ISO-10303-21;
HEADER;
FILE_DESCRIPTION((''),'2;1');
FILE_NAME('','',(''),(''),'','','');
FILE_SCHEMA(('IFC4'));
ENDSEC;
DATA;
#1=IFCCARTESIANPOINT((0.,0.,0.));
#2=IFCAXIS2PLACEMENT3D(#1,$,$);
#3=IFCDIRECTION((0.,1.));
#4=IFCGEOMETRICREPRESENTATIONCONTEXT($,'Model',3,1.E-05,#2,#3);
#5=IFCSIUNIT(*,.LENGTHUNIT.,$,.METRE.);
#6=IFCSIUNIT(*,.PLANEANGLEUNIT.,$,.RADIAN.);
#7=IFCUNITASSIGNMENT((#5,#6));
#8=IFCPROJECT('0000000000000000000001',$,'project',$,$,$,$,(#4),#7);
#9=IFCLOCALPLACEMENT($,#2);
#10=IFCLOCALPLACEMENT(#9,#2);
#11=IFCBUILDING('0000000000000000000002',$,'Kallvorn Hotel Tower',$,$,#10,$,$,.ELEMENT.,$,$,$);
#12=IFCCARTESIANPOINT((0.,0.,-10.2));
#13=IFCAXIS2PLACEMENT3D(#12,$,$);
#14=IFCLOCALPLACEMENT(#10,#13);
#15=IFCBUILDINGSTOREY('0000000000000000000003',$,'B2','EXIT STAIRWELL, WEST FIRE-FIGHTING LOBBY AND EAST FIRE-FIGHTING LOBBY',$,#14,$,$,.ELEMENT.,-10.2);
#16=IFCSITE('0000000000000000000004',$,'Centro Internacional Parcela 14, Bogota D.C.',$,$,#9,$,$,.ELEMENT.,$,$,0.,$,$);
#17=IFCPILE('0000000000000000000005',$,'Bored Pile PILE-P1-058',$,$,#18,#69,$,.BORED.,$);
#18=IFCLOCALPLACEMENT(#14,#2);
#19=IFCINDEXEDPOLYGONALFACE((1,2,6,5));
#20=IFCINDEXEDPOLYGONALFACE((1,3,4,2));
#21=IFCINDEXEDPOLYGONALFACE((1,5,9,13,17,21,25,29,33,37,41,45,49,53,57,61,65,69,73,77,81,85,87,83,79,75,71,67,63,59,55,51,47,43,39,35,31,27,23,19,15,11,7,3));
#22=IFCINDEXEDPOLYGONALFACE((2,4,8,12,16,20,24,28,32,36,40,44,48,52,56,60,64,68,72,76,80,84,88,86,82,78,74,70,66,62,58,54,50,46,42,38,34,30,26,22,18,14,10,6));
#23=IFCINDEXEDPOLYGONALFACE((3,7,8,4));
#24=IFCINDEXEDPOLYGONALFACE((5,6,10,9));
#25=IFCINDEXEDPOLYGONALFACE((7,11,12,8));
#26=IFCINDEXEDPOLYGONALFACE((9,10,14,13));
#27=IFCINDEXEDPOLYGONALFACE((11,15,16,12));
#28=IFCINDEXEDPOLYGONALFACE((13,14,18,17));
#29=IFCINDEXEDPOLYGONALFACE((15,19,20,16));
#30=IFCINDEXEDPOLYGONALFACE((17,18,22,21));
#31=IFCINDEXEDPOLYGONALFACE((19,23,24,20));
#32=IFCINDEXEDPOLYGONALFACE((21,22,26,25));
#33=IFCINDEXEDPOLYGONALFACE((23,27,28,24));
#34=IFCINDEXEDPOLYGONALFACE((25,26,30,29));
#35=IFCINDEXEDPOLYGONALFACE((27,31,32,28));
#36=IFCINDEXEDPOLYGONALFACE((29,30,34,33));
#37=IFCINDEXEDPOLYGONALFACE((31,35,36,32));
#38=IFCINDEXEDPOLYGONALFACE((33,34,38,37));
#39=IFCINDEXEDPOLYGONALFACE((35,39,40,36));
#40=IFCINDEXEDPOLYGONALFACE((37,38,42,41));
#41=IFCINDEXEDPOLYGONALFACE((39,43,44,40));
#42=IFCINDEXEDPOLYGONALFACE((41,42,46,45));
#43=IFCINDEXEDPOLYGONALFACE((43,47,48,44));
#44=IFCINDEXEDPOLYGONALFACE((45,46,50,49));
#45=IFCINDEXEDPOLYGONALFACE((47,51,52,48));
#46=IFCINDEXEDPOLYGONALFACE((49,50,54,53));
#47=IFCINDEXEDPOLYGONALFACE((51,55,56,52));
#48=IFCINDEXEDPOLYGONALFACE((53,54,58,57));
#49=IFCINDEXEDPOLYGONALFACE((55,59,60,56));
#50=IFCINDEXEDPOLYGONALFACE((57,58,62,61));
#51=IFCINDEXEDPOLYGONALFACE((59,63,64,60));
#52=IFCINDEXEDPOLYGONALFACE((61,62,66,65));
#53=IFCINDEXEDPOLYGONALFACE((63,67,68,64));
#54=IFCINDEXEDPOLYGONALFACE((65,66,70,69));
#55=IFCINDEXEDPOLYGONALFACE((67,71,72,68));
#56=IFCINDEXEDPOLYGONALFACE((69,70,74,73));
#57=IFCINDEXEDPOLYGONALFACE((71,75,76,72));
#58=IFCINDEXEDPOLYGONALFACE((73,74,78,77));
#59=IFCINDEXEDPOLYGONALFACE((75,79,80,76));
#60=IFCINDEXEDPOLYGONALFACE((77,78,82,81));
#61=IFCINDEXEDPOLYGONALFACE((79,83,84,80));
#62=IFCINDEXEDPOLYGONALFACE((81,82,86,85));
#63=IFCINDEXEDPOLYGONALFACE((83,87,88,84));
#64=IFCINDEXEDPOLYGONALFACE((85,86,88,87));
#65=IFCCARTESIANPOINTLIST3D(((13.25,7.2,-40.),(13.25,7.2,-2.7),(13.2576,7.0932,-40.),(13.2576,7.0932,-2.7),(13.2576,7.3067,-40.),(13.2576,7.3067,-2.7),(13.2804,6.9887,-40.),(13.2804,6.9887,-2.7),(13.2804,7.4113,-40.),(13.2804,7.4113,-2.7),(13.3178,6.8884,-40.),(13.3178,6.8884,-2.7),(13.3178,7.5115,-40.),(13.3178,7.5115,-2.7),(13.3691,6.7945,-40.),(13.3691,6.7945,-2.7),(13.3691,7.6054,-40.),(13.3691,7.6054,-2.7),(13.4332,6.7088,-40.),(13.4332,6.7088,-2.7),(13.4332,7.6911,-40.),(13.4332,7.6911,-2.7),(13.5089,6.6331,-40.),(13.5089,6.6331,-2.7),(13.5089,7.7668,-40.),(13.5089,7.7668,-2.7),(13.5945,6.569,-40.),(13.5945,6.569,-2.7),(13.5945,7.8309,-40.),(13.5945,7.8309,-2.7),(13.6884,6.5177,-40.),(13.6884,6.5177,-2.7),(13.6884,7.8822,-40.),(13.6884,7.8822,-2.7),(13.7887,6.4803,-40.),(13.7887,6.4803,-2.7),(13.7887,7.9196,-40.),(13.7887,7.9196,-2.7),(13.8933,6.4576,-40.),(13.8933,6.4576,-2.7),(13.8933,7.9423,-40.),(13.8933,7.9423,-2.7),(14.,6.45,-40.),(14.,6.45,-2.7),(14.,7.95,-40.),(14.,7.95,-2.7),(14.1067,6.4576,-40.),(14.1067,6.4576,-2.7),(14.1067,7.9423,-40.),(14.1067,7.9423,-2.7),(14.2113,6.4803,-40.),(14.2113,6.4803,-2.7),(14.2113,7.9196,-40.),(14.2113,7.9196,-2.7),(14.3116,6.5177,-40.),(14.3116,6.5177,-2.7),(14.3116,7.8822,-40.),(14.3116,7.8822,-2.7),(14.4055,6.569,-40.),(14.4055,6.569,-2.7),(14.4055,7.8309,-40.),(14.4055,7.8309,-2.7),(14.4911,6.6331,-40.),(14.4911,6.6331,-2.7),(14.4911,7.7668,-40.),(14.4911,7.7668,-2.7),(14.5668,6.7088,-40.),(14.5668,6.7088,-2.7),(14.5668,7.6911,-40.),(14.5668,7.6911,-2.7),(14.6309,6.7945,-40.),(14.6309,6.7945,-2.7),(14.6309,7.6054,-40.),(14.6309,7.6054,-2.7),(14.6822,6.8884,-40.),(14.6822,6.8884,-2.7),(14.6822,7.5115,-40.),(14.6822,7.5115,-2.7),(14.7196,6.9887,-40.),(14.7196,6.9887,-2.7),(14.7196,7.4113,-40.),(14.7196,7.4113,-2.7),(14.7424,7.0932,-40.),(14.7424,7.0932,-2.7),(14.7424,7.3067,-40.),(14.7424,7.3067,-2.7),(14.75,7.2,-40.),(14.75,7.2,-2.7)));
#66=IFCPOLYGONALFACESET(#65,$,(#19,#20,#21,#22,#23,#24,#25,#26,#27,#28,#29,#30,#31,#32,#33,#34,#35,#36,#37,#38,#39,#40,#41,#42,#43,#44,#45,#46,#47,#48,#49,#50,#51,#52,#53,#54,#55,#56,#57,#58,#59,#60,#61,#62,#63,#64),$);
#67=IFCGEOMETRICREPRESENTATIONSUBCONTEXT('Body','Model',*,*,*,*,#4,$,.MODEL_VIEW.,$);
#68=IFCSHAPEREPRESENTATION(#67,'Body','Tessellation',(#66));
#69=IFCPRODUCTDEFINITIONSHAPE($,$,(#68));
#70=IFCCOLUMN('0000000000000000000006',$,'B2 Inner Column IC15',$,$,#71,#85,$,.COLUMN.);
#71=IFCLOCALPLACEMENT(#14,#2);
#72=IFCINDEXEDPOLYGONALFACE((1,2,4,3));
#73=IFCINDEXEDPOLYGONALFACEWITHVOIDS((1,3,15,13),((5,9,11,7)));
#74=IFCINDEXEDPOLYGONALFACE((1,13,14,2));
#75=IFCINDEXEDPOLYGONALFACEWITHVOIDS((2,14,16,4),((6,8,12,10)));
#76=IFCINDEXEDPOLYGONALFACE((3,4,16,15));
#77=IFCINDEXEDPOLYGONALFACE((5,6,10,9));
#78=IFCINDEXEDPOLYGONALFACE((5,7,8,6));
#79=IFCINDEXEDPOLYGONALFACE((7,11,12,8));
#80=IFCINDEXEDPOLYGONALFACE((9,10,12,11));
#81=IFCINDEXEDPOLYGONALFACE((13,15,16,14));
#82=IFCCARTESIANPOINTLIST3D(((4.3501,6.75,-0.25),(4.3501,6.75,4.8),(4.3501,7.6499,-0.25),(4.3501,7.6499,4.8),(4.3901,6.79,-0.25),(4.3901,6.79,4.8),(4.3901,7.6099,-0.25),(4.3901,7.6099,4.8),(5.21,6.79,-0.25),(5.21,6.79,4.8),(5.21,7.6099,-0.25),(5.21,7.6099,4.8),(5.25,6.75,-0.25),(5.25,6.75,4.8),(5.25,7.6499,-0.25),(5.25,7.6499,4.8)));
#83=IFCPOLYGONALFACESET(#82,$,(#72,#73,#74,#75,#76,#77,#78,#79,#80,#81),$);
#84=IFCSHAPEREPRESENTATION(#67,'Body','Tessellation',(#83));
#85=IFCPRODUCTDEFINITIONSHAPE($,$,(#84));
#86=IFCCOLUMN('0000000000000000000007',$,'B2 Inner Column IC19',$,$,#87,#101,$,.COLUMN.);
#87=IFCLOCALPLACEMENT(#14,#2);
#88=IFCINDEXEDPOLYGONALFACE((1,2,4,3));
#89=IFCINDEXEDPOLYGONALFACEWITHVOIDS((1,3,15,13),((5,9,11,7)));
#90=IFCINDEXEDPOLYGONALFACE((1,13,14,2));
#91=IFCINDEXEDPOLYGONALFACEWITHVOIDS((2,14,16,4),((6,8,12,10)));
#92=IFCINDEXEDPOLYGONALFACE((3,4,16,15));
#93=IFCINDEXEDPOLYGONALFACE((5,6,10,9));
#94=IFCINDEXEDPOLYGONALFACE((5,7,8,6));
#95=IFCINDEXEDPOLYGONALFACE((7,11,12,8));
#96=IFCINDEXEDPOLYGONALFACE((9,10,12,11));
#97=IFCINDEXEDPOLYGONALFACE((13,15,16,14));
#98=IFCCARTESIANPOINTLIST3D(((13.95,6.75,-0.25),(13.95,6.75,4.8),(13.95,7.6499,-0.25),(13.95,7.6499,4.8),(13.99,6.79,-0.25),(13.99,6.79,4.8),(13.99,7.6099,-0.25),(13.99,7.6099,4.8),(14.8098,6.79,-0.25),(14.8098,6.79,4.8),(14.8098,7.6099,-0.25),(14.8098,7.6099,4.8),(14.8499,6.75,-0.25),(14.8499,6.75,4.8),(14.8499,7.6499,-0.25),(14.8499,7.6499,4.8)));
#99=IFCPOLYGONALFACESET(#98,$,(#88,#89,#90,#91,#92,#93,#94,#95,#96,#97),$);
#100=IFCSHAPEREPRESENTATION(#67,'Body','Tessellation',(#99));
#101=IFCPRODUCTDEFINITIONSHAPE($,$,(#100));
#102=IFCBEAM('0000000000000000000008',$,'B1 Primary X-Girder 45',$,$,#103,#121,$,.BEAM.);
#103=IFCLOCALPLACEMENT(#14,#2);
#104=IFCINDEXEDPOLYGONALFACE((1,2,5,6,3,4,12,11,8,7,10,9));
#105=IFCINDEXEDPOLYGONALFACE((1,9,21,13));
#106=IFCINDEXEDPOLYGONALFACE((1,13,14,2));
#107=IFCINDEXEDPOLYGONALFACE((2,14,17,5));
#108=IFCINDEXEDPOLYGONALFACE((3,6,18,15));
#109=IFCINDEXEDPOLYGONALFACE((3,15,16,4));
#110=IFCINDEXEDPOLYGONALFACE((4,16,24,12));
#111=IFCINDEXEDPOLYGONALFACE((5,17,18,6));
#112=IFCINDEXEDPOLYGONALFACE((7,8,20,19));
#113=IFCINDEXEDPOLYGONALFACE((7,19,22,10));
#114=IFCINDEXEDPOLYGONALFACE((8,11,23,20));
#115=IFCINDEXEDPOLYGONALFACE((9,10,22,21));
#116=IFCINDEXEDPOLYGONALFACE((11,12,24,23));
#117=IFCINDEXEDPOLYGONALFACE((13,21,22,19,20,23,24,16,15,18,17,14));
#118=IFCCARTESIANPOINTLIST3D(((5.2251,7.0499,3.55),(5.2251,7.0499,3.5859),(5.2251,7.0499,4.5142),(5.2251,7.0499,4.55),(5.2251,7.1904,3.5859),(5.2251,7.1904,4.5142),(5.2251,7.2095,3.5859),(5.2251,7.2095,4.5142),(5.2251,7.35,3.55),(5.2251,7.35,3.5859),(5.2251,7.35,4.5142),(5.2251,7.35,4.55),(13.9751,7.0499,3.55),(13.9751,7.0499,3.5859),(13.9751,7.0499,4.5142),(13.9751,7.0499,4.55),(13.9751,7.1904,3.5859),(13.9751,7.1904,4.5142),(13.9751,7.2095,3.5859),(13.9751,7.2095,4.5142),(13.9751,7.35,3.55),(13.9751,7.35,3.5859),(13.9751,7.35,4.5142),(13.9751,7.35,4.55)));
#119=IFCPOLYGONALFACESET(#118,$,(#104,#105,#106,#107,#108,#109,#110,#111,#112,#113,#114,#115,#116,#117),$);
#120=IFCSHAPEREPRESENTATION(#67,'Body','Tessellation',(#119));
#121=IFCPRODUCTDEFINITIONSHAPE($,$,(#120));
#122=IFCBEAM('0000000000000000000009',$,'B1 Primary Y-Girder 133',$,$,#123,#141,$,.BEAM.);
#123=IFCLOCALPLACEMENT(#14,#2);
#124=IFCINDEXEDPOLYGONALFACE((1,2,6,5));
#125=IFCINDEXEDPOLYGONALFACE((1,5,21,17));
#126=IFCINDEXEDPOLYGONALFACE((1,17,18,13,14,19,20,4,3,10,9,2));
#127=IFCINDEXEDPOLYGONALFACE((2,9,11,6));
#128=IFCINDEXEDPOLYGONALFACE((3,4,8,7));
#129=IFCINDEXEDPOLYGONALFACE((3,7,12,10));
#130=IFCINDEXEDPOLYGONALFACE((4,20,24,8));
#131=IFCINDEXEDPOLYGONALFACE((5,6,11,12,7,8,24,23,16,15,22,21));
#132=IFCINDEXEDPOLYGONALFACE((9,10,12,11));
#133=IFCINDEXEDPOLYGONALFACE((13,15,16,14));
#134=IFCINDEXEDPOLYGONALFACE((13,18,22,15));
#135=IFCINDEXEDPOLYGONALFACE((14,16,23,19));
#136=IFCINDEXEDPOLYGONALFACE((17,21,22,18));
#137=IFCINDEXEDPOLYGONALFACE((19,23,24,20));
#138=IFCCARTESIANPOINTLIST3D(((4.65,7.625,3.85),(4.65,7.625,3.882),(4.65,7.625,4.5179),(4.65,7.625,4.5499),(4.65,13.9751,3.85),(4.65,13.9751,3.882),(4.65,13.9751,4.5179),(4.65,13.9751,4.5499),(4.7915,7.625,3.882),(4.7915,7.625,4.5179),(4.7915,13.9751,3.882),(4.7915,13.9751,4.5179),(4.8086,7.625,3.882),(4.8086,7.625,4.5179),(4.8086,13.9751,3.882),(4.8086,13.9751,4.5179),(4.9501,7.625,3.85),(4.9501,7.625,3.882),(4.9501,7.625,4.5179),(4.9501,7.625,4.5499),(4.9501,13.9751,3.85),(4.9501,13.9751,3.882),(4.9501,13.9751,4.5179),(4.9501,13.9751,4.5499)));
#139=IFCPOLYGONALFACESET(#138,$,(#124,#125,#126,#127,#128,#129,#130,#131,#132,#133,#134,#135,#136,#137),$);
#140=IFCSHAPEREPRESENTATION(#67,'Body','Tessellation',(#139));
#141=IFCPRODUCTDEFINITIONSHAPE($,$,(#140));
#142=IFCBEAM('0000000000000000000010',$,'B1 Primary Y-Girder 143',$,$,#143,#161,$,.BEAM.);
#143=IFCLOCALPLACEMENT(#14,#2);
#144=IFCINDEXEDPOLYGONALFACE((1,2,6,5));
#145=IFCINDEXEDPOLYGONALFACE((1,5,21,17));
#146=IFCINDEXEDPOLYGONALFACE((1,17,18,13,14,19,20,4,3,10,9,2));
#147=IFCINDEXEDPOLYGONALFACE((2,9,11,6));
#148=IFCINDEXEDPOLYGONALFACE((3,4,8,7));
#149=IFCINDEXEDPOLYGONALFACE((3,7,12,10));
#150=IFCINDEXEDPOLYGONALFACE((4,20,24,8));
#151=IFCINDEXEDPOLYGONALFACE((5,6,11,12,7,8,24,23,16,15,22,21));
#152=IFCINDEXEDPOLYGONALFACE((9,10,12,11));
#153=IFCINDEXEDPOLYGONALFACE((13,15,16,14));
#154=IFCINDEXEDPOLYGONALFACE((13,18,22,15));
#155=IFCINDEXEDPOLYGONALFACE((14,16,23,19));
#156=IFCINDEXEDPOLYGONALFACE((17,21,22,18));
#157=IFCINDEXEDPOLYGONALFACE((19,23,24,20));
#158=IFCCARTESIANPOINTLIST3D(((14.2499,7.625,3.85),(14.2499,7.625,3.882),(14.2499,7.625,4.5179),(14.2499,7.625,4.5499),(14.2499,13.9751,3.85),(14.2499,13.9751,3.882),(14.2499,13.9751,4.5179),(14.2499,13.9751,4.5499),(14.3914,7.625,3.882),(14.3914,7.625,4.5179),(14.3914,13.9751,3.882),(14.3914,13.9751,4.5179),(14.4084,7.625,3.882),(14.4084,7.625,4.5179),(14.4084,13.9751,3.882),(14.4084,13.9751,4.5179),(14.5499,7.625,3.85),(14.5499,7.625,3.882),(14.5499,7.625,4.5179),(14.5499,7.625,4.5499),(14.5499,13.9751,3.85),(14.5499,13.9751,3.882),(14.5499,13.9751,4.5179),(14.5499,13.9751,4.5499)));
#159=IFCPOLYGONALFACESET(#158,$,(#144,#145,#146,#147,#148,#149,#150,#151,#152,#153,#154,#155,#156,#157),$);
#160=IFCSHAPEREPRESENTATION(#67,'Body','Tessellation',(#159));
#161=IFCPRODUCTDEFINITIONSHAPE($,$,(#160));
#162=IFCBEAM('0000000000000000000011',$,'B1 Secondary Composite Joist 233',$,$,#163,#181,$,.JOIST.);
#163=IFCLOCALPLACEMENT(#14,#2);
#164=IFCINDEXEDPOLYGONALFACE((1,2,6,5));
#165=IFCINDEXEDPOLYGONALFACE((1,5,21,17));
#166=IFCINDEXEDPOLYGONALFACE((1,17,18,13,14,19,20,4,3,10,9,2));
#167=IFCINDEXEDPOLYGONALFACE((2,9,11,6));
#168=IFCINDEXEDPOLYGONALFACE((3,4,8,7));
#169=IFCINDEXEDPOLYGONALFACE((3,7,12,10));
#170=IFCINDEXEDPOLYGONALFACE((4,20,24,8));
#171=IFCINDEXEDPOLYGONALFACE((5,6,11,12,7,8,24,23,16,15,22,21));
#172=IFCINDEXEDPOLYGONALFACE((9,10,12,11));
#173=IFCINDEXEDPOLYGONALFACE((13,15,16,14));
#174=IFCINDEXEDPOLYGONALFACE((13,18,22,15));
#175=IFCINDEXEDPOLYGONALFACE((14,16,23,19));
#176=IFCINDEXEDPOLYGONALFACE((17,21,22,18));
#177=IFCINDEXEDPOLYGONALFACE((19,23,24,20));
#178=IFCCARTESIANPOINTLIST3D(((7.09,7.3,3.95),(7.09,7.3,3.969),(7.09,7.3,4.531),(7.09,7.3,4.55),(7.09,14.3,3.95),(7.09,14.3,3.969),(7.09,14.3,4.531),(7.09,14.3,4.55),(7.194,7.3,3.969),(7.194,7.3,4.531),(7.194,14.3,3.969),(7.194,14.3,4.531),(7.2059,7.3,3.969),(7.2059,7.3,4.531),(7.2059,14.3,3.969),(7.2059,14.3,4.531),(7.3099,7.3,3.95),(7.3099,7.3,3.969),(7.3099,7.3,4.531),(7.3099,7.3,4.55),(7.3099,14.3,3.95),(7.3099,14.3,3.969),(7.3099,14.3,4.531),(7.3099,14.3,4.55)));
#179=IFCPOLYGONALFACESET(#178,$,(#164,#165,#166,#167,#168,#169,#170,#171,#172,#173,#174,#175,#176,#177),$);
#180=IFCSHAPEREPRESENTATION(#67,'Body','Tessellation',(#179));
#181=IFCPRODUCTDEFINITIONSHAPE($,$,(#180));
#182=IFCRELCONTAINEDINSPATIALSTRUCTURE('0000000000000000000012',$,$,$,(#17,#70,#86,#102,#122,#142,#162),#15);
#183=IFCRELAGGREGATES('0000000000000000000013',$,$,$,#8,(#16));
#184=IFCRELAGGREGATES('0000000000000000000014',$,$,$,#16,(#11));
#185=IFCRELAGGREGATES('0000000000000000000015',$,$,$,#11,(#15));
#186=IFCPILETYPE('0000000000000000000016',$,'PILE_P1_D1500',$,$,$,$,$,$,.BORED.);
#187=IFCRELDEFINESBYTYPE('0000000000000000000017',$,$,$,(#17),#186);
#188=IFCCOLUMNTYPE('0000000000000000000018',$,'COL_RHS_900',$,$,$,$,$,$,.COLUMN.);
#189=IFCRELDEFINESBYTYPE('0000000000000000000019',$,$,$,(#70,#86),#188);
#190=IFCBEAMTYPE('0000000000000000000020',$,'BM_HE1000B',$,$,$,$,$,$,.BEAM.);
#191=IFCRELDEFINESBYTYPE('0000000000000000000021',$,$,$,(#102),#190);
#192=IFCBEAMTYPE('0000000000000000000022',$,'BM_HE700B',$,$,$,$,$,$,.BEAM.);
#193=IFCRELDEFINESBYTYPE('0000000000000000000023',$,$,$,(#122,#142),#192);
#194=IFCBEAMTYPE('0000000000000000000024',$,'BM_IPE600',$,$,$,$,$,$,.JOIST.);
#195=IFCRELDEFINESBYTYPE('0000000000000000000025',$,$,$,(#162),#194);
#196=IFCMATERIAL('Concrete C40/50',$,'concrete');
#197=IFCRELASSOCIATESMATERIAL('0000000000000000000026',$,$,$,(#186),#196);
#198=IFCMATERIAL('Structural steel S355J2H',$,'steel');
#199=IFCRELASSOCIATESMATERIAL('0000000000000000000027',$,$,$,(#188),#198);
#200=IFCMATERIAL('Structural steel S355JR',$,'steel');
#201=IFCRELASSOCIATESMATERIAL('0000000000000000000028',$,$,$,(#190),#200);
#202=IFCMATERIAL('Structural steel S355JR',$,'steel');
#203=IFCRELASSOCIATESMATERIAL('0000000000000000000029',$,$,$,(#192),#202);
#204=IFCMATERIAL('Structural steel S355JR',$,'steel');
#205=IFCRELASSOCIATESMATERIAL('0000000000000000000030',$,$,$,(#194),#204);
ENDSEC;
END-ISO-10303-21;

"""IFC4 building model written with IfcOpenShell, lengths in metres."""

from ifc_helpers import new_model, si_unit, direction, frame, origin, origin_2d, place, context, subcontext, project, spatial, hollow_rectangle, circle, i_section, extrude, material, material_profile, profile_set, type_object, element, save


model = new_model("IFC4")

# Units and contexts
model_context = context("Model", 3, precision=1e-05, world=origin(), true_north=direction((0.0, 1.0)))
body_context = subcontext(model_context, "Body", "Model", "MODEL_VIEW")
ifc_project = project(units=[si_unit("LENGTHUNIT", "METRE"), si_unit("PLANEANGLEUNIT", "RADIAN")], contexts=[model_context])

# Site, building, storey
site_placement = place(None, origin())
site = spatial("IfcSite", under=ifc_project, at=site_placement, Name="Centro Internacional Parcela 14, Bogota D.C.", CompositionType="ELEMENT", RefElevation=0.0)
building_placement = place(site_placement, origin())
building = spatial("IfcBuilding", under=site, at=building_placement, Name="Kallvorn Hotel Tower", CompositionType="ELEMENT")
storey_placement = place(building_placement, frame((0.0, 0.0, -10.2)))
storey = spatial("IfcBuildingStorey", under=building, at=storey_placement, Name="B2", Description="EXIT STAIRWELL, WEST FIRE-FIGHTING LOBBY AND EAST FIRE-FIGHTING LOBBY", CompositionType="ELEMENT", Elevation=-10.2)

# Pile
ifc_material_1 = material(Name="Concrete C40/50", Category="concrete")
ifc_material_profile_1 = material_profile(ifc_material_1, circle(Radius=0.75, at=origin_2d()), Name="PILE D1500")
ifc_profile_set_1 = profile_set([ifc_material_profile_1], Name="Concrete C40/50")
pile_type = type_object("IfcPileType", Name="PILE_P1_D1500", PredefinedType="BORED", material=ifc_profile_set_1)
for number, where, z_axis, x_axis, name in (
    (1, (14.0, 7.2, -2.7), (0.0, 0.0, -1.0), (1.0, 0.0, 0.0), "Bored Pile PILE-P1-058"),
):
    element("IfcPile", number, at=place(storey_placement, frame(where, z_axis=z_axis, x_axis=x_axis)), inside=storey, type_object=pile_type, Name=name, PredefinedType="BORED", context=body_context, shape_type="SweptSolid", body=[
        extrude(circle(Radius=0.75, at=origin_2d()), origin(), (0.0, 0.0, 1.0), 37.3),
    ])

# Columns
ifc_material_2 = material(Name="Structural steel S355J2H", Category="steel")
ifc_material_profile_2 = material_profile(ifc_material_2, hollow_rectangle(XDim=0.8999, YDim=0.8999, WallThickness=0.04, at=origin_2d()), Name="RHS 900x900x40")
ifc_profile_set_2 = profile_set([ifc_material_profile_2], Name="Structural steel S355J2H")
column_type = type_object("IfcColumnType", Name="COL_RHS_900", PredefinedType="COLUMN", material=ifc_profile_set_2)
for number, where, z_axis, x_axis, name in (
    (2, (4.8, 7.2, -0.25), (0.0, 0.0, 1.0), (1.0, 0.0, 0.0), "B2 Inner Column IC15"),
    (3, (14.3999, 7.2, -0.25), (0.0, 0.0, 1.0), (1.0, 0.0, 0.0), "B2 Inner Column IC19"),
):
    element("IfcColumn", number, at=place(storey_placement, frame(where, z_axis=z_axis, x_axis=x_axis)), inside=storey, type_object=column_type, Name=name, PredefinedType="COLUMN", context=body_context, shape_type="SweptSolid", body=[
        extrude(hollow_rectangle(XDim=0.8999, YDim=0.8999, WallThickness=0.04, at=origin_2d()), origin(), (0.0, 0.0, 1.0), 5.05),
    ])

# Beams
ifc_material_3 = material(Name="Structural steel S355JR", Category="steel")
ifc_material_profile_3 = material_profile(ifc_material_3, i_section(OverallWidth=0.3, OverallDepth=1.0, WebThickness=0.019, FlangeThickness=0.0359, at=origin_2d()), Name="HE 1000 B")
ifc_profile_set_3 = profile_set([ifc_material_profile_3], Name="Structural steel S355JR")
beam_type_1 = type_object("IfcBeamType", Name="BM_HE1000B", PredefinedType="BEAM", material=ifc_profile_set_3)
beam_placement = place(storey_placement, frame((5.2251, 7.2, 4.05), z_axis=(1.0, 0.0, 0.0), x_axis=(0.0, 1.0, 0.0)))
element("IfcBeam", 4, at=beam_placement, inside=storey, type_object=beam_type_1, Name="B1 Primary X-Girder 45", PredefinedType="BEAM", context=body_context, shape_type="SweptSolid", body=[
    extrude(i_section(OverallWidth=0.3, OverallDepth=1.0, WebThickness=0.019, FlangeThickness=0.0359, at=origin_2d()), origin(), (0.0, 0.0, 1.0), 8.75),
])
ifc_material_4 = material(Name="Structural steel S355JR", Category="steel")
ifc_material_profile_4 = material_profile(ifc_material_4, i_section(OverallWidth=0.3, OverallDepth=0.7, WebThickness=0.0171, FlangeThickness=0.032, at=origin_2d()), Name="HE 700 B")
ifc_profile_set_4 = profile_set([ifc_material_profile_4], Name="Structural steel S355JR")
beam_type_2 = type_object("IfcBeamType", Name="BM_HE700B", PredefinedType="BEAM", material=ifc_profile_set_4)
for number, where, z_axis, x_axis, name in (
    (5, (4.8, 7.625, 4.2), (0.0, 1.0, 0.0), (-1.0, 0.0, 0.0), "B1 Primary Y-Girder 133"),
    (6, (14.3999, 7.625, 4.2), (0.0, 1.0, 0.0), (-1.0, 0.0, 0.0), "B1 Primary Y-Girder 143"),
):
    element("IfcBeam", number, at=place(storey_placement, frame(where, z_axis=z_axis, x_axis=x_axis)), inside=storey, type_object=beam_type_2, Name=name, PredefinedType="BEAM", context=body_context, shape_type="SweptSolid", body=[
        extrude(i_section(OverallWidth=0.3, OverallDepth=0.7, WebThickness=0.0171, FlangeThickness=0.032, at=origin_2d()), origin(), (0.0, 0.0, 1.0), 6.3501),
    ])
ifc_material_5 = material(Name="Structural steel S355JR", Category="steel")
ifc_material_profile_5 = material_profile(ifc_material_5, i_section(OverallWidth=0.22, OverallDepth=0.6001, WebThickness=0.012, FlangeThickness=0.019, at=origin_2d()), Name="IPE 600")
ifc_profile_set_5 = profile_set([ifc_material_profile_5], Name="Structural steel S355JR")
beam_type_3 = type_object("IfcBeamType", Name="BM_IPE600", PredefinedType="JOIST", material=ifc_profile_set_5)
for number, where, z_axis, x_axis, name in (
    (7, (7.2, 7.3, 4.25), (0.0, 1.0, 0.0), (-1.0, 0.0, 0.0), "B1 Secondary Composite Joist 233"),
):
    element("IfcBeam", number, at=place(storey_placement, frame(where, z_axis=z_axis, x_axis=x_axis)), inside=storey, type_object=beam_type_3, Name=name, PredefinedType="JOIST", context=body_context, shape_type="SweptSolid", body=[
        extrude(i_section(OverallWidth=0.22, OverallDepth=0.6001, WebThickness=0.012, FlangeThickness=0.019, at=origin_2d()), origin(), (0.0, 0.0, 1.0), 7.0),
    ])

save(model, "model.ifc")
